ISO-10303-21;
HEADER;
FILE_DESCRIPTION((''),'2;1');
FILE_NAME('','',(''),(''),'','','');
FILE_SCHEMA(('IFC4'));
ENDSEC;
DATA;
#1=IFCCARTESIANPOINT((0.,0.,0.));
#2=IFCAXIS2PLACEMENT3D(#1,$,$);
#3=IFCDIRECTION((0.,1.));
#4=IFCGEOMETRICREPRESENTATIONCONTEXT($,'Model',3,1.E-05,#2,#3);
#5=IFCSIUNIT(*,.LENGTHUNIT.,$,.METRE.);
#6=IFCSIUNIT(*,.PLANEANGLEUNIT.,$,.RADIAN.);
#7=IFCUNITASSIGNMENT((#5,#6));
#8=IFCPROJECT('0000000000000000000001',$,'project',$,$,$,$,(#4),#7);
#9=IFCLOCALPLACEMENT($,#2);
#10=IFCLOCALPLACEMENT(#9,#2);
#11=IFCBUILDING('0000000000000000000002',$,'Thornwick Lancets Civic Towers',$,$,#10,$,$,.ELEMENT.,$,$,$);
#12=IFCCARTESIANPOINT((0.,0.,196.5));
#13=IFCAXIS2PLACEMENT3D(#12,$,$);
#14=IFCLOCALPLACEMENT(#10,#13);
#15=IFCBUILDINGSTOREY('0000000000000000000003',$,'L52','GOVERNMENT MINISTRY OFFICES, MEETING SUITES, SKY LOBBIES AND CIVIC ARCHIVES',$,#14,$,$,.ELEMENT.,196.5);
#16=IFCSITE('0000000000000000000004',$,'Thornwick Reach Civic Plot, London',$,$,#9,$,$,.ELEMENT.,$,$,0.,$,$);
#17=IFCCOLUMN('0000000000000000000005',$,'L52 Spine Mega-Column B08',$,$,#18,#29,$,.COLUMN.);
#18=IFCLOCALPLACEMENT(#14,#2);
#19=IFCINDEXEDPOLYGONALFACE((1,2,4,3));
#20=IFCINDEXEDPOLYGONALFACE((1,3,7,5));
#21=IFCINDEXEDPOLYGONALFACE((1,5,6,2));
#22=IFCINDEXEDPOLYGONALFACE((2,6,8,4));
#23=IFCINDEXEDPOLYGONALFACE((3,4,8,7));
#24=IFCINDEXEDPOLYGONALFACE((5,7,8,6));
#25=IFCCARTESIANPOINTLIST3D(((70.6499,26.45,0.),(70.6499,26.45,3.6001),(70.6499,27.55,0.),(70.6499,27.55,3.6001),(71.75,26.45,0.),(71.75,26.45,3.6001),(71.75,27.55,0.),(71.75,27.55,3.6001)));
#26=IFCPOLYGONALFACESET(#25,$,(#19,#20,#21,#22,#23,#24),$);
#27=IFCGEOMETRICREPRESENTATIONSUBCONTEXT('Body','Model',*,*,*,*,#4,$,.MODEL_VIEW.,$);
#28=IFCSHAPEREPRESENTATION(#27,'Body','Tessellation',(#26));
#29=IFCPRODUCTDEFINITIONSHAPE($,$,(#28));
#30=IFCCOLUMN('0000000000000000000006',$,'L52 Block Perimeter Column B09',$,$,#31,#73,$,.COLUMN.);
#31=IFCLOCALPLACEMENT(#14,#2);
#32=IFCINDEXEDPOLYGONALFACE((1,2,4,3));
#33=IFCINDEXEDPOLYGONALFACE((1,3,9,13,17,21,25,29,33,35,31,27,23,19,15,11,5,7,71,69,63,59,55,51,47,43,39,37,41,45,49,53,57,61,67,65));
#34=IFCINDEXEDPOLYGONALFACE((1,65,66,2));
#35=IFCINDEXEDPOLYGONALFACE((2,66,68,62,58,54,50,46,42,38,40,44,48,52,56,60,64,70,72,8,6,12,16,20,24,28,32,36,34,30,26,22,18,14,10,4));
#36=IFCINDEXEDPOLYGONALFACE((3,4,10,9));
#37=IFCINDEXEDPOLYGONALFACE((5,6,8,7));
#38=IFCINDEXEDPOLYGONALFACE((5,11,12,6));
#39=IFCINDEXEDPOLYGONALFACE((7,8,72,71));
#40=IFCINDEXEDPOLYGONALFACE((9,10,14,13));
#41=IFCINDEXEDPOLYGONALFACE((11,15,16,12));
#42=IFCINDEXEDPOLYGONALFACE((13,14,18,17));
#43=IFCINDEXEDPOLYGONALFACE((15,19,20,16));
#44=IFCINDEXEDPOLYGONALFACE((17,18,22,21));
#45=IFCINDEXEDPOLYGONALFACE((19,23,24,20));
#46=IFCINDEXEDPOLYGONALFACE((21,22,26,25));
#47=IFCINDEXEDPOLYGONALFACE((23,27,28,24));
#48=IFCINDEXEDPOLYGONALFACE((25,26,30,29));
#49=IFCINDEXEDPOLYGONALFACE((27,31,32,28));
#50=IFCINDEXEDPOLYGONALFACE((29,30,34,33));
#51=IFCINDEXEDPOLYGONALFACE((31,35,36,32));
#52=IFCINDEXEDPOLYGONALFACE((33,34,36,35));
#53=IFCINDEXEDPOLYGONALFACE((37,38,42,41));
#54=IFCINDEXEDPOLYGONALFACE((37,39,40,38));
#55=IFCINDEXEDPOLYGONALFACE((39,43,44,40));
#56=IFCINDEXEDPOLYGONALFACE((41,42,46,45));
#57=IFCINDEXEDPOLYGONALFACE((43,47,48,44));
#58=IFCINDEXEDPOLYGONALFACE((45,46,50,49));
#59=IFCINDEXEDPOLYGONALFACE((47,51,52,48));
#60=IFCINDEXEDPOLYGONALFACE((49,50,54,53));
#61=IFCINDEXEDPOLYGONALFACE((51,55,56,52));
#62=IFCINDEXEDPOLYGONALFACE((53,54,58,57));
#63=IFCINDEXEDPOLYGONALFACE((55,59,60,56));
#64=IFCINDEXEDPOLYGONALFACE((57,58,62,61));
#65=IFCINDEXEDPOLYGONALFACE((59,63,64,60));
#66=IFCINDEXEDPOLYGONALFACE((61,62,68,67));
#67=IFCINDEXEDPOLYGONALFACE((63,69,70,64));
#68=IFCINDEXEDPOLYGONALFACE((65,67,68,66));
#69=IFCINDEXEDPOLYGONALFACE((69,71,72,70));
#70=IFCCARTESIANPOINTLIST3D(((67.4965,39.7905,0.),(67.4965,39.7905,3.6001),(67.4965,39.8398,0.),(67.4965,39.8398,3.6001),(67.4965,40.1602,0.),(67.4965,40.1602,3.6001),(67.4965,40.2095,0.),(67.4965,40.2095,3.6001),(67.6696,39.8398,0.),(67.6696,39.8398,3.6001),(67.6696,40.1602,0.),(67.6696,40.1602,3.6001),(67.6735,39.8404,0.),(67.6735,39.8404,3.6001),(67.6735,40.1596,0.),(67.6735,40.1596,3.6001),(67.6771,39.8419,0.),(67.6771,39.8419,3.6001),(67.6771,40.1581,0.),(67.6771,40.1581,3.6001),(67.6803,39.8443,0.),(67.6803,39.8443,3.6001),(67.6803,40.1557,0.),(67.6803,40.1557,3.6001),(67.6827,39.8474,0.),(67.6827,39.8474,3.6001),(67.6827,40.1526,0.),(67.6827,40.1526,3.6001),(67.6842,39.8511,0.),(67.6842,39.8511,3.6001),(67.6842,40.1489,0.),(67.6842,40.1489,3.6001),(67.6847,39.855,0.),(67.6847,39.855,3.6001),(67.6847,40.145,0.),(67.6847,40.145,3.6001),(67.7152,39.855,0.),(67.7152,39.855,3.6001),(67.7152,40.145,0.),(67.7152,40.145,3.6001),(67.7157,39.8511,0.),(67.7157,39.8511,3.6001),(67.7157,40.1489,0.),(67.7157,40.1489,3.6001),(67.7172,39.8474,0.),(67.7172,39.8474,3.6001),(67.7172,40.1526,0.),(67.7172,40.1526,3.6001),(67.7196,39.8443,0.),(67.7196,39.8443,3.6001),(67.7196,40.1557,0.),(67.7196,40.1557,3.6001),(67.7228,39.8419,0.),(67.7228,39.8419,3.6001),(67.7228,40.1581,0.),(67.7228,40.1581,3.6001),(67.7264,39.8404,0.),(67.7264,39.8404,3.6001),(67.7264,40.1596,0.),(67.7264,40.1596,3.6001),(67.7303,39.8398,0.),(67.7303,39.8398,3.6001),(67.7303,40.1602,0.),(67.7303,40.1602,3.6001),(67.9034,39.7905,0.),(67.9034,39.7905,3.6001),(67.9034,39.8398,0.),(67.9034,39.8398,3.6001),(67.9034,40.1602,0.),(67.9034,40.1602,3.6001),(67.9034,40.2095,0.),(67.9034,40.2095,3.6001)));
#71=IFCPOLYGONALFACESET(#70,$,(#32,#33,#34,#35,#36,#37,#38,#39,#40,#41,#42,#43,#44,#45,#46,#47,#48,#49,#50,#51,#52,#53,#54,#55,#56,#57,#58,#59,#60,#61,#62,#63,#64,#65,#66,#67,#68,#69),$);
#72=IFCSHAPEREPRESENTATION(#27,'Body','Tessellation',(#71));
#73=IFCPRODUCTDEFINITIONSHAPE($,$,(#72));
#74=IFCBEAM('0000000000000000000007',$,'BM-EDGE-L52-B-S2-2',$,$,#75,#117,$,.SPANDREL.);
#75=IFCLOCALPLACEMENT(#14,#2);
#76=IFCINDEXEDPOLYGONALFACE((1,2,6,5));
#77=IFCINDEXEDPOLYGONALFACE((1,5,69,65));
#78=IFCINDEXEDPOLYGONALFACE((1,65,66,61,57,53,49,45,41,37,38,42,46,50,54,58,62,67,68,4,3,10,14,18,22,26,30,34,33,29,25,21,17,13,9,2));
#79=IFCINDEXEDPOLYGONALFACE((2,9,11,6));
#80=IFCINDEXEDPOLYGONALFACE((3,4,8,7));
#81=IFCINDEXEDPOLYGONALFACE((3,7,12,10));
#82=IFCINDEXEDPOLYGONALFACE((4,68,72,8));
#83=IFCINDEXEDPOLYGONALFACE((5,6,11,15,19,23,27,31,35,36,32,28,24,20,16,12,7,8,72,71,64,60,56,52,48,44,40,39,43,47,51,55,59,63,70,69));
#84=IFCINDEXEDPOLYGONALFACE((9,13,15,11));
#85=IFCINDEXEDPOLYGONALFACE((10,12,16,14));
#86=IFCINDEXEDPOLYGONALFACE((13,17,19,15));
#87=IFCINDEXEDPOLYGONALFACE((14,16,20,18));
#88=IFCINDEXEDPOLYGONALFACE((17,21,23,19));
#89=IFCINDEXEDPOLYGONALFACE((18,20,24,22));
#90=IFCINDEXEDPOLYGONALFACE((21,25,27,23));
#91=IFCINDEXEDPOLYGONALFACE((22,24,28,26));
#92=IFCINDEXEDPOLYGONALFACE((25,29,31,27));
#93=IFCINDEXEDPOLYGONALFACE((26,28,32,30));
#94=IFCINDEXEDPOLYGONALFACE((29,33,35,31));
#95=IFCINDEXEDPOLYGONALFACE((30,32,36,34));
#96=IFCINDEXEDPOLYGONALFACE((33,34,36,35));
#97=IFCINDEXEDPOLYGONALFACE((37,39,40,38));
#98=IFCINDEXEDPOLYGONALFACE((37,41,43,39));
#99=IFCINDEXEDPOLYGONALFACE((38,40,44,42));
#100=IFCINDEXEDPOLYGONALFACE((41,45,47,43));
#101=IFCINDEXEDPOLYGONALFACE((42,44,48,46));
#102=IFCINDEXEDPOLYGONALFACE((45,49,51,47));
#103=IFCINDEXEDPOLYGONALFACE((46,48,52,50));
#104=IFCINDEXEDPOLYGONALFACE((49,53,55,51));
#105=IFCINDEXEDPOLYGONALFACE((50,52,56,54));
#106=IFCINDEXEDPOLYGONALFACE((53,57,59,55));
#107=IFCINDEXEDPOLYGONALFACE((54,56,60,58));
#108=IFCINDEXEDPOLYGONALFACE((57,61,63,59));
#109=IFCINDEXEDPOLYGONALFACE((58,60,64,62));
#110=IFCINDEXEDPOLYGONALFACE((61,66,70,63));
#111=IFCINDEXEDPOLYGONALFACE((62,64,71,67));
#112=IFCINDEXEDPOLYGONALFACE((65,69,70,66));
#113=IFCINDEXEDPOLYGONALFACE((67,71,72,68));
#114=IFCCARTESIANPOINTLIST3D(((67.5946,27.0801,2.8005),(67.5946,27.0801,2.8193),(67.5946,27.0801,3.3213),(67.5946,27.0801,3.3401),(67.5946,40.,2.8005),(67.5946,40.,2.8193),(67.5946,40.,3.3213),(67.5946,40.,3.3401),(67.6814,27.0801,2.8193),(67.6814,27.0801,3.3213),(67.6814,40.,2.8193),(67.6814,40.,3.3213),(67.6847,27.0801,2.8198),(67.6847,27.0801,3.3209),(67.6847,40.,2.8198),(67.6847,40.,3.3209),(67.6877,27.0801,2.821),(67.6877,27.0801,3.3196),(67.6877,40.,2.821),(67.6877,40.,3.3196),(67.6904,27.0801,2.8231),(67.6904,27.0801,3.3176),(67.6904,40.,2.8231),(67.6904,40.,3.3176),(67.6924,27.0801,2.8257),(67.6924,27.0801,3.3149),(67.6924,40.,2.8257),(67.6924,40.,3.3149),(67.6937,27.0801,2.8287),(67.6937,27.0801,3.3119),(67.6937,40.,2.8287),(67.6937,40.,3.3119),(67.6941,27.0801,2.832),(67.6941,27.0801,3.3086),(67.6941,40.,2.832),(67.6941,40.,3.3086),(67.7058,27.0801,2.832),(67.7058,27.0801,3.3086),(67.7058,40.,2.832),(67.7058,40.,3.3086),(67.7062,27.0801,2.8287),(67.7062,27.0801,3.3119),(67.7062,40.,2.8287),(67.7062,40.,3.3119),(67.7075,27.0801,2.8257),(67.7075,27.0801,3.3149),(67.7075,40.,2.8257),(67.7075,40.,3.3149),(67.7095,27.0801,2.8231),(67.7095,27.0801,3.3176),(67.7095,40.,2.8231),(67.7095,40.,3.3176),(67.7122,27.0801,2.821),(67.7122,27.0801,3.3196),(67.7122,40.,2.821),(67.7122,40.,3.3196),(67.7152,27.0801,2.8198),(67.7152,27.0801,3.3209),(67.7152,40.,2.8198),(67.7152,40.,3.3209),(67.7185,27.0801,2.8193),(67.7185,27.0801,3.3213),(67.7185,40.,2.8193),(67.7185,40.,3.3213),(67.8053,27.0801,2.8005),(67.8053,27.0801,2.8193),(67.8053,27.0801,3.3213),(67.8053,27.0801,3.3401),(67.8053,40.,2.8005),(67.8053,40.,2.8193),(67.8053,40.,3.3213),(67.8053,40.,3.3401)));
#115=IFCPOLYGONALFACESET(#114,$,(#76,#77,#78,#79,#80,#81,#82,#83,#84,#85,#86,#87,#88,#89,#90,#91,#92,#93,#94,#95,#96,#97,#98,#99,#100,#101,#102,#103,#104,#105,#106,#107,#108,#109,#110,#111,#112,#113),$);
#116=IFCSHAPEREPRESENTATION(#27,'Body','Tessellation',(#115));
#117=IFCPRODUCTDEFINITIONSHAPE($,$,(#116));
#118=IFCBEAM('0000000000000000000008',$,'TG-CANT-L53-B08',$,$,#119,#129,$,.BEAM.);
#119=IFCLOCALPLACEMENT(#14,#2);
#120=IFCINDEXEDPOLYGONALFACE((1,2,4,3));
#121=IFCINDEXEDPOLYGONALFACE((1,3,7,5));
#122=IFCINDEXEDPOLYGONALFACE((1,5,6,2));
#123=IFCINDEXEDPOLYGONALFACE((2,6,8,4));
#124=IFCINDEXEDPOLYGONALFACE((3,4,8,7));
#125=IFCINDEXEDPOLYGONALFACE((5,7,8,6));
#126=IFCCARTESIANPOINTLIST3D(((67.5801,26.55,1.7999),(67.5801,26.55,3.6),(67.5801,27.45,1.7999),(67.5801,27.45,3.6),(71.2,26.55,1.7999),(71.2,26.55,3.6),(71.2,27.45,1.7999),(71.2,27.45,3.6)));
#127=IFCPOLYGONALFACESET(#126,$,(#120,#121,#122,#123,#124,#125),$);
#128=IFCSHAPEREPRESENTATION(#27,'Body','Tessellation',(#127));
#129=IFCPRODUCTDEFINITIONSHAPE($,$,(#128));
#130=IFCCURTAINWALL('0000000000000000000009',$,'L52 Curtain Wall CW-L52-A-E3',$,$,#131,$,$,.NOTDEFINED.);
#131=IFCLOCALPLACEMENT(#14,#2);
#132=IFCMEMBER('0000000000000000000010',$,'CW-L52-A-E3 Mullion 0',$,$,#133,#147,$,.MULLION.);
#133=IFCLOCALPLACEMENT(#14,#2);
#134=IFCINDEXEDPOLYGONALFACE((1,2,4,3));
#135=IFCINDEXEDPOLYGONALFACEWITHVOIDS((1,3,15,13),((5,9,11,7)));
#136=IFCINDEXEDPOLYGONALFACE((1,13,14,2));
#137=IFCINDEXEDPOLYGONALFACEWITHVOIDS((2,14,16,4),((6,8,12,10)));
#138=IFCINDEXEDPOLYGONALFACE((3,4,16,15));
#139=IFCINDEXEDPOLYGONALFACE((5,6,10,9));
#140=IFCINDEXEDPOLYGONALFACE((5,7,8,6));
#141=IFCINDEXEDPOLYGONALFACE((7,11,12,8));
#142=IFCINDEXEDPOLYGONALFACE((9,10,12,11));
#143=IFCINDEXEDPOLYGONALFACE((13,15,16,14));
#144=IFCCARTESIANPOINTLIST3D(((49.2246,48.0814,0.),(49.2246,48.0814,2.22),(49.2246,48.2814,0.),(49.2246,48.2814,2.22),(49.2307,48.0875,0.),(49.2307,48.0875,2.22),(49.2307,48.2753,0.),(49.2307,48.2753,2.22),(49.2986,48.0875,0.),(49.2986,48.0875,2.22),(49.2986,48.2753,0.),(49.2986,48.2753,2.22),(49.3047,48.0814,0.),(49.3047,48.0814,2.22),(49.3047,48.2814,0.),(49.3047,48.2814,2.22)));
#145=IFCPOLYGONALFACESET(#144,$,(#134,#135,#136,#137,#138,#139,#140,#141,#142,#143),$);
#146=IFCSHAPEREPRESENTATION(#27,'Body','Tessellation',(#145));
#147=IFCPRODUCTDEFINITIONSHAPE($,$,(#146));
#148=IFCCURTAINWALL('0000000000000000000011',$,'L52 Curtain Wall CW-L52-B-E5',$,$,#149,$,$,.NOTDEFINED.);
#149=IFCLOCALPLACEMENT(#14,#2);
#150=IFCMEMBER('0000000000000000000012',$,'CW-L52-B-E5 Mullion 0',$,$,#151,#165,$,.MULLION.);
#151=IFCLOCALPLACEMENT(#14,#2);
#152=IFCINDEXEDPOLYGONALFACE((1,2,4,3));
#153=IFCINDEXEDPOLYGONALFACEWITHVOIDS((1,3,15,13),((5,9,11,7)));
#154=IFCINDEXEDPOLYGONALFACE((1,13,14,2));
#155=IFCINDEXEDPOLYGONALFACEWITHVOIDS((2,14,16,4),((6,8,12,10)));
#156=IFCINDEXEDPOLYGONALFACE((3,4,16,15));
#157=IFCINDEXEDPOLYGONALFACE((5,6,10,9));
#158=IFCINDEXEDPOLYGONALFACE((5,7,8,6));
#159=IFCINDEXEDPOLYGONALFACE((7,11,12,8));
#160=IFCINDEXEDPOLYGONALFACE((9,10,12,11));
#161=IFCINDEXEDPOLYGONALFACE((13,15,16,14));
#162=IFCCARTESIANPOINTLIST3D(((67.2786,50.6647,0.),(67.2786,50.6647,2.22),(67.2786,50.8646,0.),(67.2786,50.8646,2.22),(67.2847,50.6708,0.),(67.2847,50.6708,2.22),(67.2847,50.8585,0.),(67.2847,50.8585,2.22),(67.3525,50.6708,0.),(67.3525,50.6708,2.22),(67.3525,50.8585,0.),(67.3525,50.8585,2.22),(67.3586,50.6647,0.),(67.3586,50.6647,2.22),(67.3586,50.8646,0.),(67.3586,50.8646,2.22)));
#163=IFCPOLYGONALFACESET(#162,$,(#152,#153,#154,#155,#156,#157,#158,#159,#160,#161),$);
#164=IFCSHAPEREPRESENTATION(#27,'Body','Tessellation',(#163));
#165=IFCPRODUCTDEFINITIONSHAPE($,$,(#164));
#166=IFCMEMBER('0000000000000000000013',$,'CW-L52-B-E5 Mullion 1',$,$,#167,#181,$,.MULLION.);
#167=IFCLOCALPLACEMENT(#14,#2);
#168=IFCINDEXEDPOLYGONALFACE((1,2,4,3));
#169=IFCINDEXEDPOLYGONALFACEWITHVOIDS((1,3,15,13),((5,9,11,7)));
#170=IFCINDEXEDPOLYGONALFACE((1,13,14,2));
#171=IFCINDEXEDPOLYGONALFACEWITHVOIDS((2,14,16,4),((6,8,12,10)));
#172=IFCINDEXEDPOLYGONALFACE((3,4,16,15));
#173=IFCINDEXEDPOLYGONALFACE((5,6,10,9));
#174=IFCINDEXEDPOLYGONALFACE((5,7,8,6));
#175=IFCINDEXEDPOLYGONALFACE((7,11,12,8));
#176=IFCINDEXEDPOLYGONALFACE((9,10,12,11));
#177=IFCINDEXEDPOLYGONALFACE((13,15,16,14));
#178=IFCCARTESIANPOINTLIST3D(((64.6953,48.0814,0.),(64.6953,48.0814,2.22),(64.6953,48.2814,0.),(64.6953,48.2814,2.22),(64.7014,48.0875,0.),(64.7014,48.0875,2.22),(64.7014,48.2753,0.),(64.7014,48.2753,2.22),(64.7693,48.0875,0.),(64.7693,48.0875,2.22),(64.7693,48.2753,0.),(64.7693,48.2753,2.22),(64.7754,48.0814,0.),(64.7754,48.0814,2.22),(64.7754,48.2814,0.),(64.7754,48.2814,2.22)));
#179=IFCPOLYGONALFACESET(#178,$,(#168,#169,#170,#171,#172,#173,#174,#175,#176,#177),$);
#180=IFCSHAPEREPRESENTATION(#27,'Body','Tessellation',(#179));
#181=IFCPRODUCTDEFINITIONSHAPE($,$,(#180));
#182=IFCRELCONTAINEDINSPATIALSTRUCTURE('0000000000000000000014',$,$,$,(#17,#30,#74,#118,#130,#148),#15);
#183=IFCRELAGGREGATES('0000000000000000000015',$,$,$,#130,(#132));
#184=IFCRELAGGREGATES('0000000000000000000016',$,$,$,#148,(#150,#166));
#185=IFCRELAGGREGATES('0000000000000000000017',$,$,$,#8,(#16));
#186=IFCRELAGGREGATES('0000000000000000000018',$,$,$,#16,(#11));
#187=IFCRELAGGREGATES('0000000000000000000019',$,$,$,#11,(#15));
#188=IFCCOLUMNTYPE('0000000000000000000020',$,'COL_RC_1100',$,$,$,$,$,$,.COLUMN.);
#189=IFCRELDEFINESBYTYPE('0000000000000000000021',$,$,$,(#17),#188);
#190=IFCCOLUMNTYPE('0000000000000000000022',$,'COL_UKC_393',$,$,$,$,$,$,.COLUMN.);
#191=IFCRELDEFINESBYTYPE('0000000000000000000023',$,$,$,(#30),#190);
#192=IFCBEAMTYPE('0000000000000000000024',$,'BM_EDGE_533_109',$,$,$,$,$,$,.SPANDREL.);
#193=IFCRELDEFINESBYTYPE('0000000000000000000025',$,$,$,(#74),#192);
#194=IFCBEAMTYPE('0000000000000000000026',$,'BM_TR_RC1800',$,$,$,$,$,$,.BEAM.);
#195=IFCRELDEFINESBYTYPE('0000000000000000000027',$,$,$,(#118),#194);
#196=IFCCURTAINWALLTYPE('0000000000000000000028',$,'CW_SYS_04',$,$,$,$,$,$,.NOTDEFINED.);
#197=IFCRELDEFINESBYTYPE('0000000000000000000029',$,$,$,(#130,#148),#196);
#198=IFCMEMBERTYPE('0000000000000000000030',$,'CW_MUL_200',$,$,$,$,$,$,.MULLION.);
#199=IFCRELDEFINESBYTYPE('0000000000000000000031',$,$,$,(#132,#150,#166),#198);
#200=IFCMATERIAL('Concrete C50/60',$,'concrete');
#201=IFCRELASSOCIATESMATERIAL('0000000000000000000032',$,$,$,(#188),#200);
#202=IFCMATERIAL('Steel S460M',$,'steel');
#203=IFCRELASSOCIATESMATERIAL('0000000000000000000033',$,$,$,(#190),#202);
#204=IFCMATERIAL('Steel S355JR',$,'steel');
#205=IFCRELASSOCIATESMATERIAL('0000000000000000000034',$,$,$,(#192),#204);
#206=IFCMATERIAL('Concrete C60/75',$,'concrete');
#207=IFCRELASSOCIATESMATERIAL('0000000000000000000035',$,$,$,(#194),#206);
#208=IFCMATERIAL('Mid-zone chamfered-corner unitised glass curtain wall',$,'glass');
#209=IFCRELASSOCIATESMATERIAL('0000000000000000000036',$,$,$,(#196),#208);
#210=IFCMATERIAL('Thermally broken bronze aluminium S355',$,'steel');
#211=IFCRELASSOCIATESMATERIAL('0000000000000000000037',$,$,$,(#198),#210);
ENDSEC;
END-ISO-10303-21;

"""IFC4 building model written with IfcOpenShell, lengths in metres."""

from ifc_helpers import new_model, si_unit, direction, frame, origin, origin_2d, place, context, subcontext, project, spatial, rectangle, hollow_rectangle, i_section, extrude, material, material_profile, profile_set, type_object, element, aggregate, save


model = new_model("IFC4")

# Units and contexts
model_context = context("Model", 3, precision=1e-05, world=origin(), true_north=direction((0.0, 1.0)))
body_context = subcontext(model_context, "Body", "Model", "MODEL_VIEW")
ifc_project = project(units=[si_unit("LENGTHUNIT", "METRE"), si_unit("PLANEANGLEUNIT", "RADIAN")], contexts=[model_context])

# Site, building, storey
site_placement = place(None, origin())
site = spatial("IfcSite", under=ifc_project, at=site_placement, Name="Thornwick Reach Civic Plot, London", CompositionType="ELEMENT", RefElevation=0.0)
building_placement = place(site_placement, origin())
building = spatial("IfcBuilding", under=site, at=building_placement, Name="Thornwick Lancets Civic Towers", CompositionType="ELEMENT")
storey_placement = place(building_placement, frame((0.0, 0.0, 196.5)))
storey = spatial("IfcBuildingStorey", under=building, at=storey_placement, Name="L52", Description="GOVERNMENT MINISTRY OFFICES, MEETING SUITES, SKY LOBBIES AND CIVIC ARCHIVES", CompositionType="ELEMENT", Elevation=196.5)

# Columns
ifc_material_1 = material(Name="Concrete C50/60", Category="concrete")
ifc_material_profile_1 = material_profile(ifc_material_1, rectangle(XDim=1.1001, YDim=1.1001, at=origin_2d()), Name="RC 1100x1100")
ifc_profile_set_1 = profile_set([ifc_material_profile_1], Name="Concrete C50/60")
column_type_1 = type_object("IfcColumnType", Name="COL_RC_1100", PredefinedType="COLUMN", material=ifc_profile_set_1)
column_1_placement = place(storey_placement, frame((71.2, 27.0, 0.0), z_axis=(0.0, 0.0, 1.0), x_axis=(1.0, 0.0, 0.0)))
element("IfcColumn", 1, at=column_1_placement, inside=storey, type_object=column_type_1, Name="L52 Spine Mega-Column B08", PredefinedType="COLUMN", context=body_context, shape_type="SweptSolid", body=[
    extrude(rectangle(XDim=1.1001, YDim=1.1001, at=origin_2d()), origin(), (0.0, 0.0, 1.0), 3.6001),
])
ifc_material_2 = material(Name="Steel S460M", Category="steel")
ifc_material_profile_2 = material_profile(ifc_material_2, i_section(OverallWidth=0.407, OverallDepth=0.4189, WebThickness=0.0305, FlangeThickness=0.0493, FilletRadius=0.0151, at=origin_2d()), Name="UKC 356x406x393")
ifc_profile_set_2 = profile_set([ifc_material_profile_2], Name="Steel S460M")
column_type_2 = type_object("IfcColumnType", Name="COL_UKC_393", PredefinedType="COLUMN", material=ifc_profile_set_2)
column_2_placement = place(storey_placement, frame((67.7, 40.0, 0.0), z_axis=(0.0, 0.0, 1.0), x_axis=(1.0, 0.0, 0.0)))
element("IfcColumn", 2, at=column_2_placement, inside=storey, type_object=column_type_2, Name="L52 Block Perimeter Column B09", PredefinedType="COLUMN", context=body_context, shape_type="SweptSolid", body=[
    extrude(i_section(OverallWidth=0.407, OverallDepth=0.4189, WebThickness=0.0305, FlangeThickness=0.0493, FilletRadius=0.0151, at=origin_2d()), origin(), (0.0, 0.0, 1.0), 3.6001),
])

# Beams
ifc_material_3 = material(Name="Steel S355JR", Category="steel")
ifc_material_profile_3 = material_profile(ifc_material_3, i_section(OverallWidth=0.2107, OverallDepth=0.5396, WebThickness=0.0117, FlangeThickness=0.0188, FilletRadius=0.0127, at=origin_2d()), Name="UKB 533x210x109")
ifc_profile_set_3 = profile_set([ifc_material_profile_3], Name="Steel S355JR")
beam_type_1 = type_object("IfcBeamType", Name="BM_EDGE_533_109", PredefinedType="SPANDREL", material=ifc_profile_set_3)
beam_1_placement = place(storey_placement, frame((67.7, 27.0801, 3.0703), z_axis=(0.0, 1.0, 0.0), x_axis=(-1.0, 0.0, 0.0)))
element("IfcBeam", 3, at=beam_1_placement, inside=storey, type_object=beam_type_1, Name="BM-EDGE-L52-B-S2-2", PredefinedType="SPANDREL", context=body_context, shape_type="SweptSolid", body=[
    extrude(i_section(OverallWidth=0.2107, OverallDepth=0.5396, WebThickness=0.0117, FlangeThickness=0.0188, FilletRadius=0.0127, at=origin_2d()), origin(), (0.0, 0.0, 1.0), 12.9199),
])
ifc_material_4 = material(Name="Concrete C60/75", Category="concrete")
ifc_material_profile_4 = material_profile(ifc_material_4, rectangle(XDim=0.8999, YDim=1.8, at=origin_2d()), Name="RC 900x1800")
ifc_profile_set_4 = profile_set([ifc_material_profile_4], Name="Concrete C60/75")
beam_type_2 = type_object("IfcBeamType", Name="BM_TR_RC1800", PredefinedType="BEAM", material=ifc_profile_set_4)
beam_2_placement = place(storey_placement, frame((71.2, 27.0, 2.7), z_axis=(-1.0, 0.0, 0.0), x_axis=(0.0, -1.0, 0.0)))
element("IfcBeam", 4, at=beam_2_placement, inside=storey, type_object=beam_type_2, Name="TG-CANT-L53-B08", PredefinedType="BEAM", context=body_context, shape_type="SweptSolid", body=[
    extrude(rectangle(XDim=0.8999, YDim=1.8, at=origin_2d()), origin(), (0.0, 0.0, 1.0), 3.6199),
])

# Curtain wall, member
ifc_material_5 = material(Name="Mid-zone chamfered-corner unitised glass curtain wall", Category="glass")
curtain_wall_type = type_object("IfcCurtainWallType", Name="CW_SYS_04", PredefinedType="NOTDEFINED", material=ifc_material_5)
curtain_wall_1_placement = place(storey_placement, origin())
curtain_wall_1 = element("IfcCurtainWall", 5, at=curtain_wall_1_placement, inside=storey, type_object=curtain_wall_type, Name="L52 Curtain Wall CW-L52-A-E3", PredefinedType="NOTDEFINED")
ifc_material_6 = material(Name="Thermally broken bronze aluminium S355", Category="steel")
ifc_material_profile_5 = material_profile(ifc_material_6, hollow_rectangle(XDim=0.0801, YDim=0.2, WallThickness=0.0061, at=origin_2d()), Name="RHS 200x80x6")
ifc_profile_set_5 = profile_set([ifc_material_profile_5], Name="Thermally broken bronze aluminium S355")
member_type_1 = type_object("IfcMemberType", Name="CW_MUL_200", PredefinedType="MULLION", material=ifc_profile_set_5)
member_1_placement = place(storey_placement, frame((49.2646, 48.1814, 0.0), z_axis=(0.0, 0.0, 1.0), x_axis=(1.0, 0.0, 0.0)))
member_1 = element("IfcMember", 6, at=member_1_placement, type_object=member_type_1, Name="CW-L52-A-E3 Mullion 0", PredefinedType="MULLION", context=body_context, shape_type="SweptSolid", body=[
    extrude(hollow_rectangle(XDim=0.0801, YDim=0.2, WallThickness=0.0061, at=origin_2d()), origin(), (0.0, 0.0, 1.0), 2.22),
])

# Curtain wall, members
curtain_wall_2_placement = place(storey_placement, origin())
curtain_wall_2 = element("IfcCurtainWall", 7, at=curtain_wall_2_placement, inside=storey, type_object=curtain_wall_type, Name="L52 Curtain Wall CW-L52-B-E5", PredefinedType="NOTDEFINED")
member_2_placement = place(storey_placement, frame((67.3186, 50.7646, 0.0), z_axis=(0.0, 0.0, 1.0), x_axis=(1.0, 0.0, 0.0)))
member_2 = element("IfcMember", 8, at=member_2_placement, type_object=member_type_1, Name="CW-L52-B-E5 Mullion 0", PredefinedType="MULLION", context=body_context, shape_type="SweptSolid", body=[
    extrude(hollow_rectangle(XDim=0.0801, YDim=0.2, WallThickness=0.0061, at=origin_2d()), origin(), (0.0, 0.0, 1.0), 2.22),
])
member_3_placement = place(storey_placement, frame((64.7354, 48.1814, 0.0), z_axis=(0.0, 0.0, 1.0), x_axis=(1.0, 0.0, 0.0)))
member_3 = element("IfcMember", 9, at=member_3_placement, type_object=member_type_1, Name="CW-L52-B-E5 Mullion 1", PredefinedType="MULLION", context=body_context, shape_type="SweptSolid", body=[
    extrude(hollow_rectangle(XDim=0.0801, YDim=0.2, WallThickness=0.0061, at=origin_2d()), origin(), (0.0, 0.0, 1.0), 2.22),
])

aggregate(curtain_wall_1, [member_1])

aggregate(curtain_wall_2, [member_2, member_3])

save(model, "model.ifc")
